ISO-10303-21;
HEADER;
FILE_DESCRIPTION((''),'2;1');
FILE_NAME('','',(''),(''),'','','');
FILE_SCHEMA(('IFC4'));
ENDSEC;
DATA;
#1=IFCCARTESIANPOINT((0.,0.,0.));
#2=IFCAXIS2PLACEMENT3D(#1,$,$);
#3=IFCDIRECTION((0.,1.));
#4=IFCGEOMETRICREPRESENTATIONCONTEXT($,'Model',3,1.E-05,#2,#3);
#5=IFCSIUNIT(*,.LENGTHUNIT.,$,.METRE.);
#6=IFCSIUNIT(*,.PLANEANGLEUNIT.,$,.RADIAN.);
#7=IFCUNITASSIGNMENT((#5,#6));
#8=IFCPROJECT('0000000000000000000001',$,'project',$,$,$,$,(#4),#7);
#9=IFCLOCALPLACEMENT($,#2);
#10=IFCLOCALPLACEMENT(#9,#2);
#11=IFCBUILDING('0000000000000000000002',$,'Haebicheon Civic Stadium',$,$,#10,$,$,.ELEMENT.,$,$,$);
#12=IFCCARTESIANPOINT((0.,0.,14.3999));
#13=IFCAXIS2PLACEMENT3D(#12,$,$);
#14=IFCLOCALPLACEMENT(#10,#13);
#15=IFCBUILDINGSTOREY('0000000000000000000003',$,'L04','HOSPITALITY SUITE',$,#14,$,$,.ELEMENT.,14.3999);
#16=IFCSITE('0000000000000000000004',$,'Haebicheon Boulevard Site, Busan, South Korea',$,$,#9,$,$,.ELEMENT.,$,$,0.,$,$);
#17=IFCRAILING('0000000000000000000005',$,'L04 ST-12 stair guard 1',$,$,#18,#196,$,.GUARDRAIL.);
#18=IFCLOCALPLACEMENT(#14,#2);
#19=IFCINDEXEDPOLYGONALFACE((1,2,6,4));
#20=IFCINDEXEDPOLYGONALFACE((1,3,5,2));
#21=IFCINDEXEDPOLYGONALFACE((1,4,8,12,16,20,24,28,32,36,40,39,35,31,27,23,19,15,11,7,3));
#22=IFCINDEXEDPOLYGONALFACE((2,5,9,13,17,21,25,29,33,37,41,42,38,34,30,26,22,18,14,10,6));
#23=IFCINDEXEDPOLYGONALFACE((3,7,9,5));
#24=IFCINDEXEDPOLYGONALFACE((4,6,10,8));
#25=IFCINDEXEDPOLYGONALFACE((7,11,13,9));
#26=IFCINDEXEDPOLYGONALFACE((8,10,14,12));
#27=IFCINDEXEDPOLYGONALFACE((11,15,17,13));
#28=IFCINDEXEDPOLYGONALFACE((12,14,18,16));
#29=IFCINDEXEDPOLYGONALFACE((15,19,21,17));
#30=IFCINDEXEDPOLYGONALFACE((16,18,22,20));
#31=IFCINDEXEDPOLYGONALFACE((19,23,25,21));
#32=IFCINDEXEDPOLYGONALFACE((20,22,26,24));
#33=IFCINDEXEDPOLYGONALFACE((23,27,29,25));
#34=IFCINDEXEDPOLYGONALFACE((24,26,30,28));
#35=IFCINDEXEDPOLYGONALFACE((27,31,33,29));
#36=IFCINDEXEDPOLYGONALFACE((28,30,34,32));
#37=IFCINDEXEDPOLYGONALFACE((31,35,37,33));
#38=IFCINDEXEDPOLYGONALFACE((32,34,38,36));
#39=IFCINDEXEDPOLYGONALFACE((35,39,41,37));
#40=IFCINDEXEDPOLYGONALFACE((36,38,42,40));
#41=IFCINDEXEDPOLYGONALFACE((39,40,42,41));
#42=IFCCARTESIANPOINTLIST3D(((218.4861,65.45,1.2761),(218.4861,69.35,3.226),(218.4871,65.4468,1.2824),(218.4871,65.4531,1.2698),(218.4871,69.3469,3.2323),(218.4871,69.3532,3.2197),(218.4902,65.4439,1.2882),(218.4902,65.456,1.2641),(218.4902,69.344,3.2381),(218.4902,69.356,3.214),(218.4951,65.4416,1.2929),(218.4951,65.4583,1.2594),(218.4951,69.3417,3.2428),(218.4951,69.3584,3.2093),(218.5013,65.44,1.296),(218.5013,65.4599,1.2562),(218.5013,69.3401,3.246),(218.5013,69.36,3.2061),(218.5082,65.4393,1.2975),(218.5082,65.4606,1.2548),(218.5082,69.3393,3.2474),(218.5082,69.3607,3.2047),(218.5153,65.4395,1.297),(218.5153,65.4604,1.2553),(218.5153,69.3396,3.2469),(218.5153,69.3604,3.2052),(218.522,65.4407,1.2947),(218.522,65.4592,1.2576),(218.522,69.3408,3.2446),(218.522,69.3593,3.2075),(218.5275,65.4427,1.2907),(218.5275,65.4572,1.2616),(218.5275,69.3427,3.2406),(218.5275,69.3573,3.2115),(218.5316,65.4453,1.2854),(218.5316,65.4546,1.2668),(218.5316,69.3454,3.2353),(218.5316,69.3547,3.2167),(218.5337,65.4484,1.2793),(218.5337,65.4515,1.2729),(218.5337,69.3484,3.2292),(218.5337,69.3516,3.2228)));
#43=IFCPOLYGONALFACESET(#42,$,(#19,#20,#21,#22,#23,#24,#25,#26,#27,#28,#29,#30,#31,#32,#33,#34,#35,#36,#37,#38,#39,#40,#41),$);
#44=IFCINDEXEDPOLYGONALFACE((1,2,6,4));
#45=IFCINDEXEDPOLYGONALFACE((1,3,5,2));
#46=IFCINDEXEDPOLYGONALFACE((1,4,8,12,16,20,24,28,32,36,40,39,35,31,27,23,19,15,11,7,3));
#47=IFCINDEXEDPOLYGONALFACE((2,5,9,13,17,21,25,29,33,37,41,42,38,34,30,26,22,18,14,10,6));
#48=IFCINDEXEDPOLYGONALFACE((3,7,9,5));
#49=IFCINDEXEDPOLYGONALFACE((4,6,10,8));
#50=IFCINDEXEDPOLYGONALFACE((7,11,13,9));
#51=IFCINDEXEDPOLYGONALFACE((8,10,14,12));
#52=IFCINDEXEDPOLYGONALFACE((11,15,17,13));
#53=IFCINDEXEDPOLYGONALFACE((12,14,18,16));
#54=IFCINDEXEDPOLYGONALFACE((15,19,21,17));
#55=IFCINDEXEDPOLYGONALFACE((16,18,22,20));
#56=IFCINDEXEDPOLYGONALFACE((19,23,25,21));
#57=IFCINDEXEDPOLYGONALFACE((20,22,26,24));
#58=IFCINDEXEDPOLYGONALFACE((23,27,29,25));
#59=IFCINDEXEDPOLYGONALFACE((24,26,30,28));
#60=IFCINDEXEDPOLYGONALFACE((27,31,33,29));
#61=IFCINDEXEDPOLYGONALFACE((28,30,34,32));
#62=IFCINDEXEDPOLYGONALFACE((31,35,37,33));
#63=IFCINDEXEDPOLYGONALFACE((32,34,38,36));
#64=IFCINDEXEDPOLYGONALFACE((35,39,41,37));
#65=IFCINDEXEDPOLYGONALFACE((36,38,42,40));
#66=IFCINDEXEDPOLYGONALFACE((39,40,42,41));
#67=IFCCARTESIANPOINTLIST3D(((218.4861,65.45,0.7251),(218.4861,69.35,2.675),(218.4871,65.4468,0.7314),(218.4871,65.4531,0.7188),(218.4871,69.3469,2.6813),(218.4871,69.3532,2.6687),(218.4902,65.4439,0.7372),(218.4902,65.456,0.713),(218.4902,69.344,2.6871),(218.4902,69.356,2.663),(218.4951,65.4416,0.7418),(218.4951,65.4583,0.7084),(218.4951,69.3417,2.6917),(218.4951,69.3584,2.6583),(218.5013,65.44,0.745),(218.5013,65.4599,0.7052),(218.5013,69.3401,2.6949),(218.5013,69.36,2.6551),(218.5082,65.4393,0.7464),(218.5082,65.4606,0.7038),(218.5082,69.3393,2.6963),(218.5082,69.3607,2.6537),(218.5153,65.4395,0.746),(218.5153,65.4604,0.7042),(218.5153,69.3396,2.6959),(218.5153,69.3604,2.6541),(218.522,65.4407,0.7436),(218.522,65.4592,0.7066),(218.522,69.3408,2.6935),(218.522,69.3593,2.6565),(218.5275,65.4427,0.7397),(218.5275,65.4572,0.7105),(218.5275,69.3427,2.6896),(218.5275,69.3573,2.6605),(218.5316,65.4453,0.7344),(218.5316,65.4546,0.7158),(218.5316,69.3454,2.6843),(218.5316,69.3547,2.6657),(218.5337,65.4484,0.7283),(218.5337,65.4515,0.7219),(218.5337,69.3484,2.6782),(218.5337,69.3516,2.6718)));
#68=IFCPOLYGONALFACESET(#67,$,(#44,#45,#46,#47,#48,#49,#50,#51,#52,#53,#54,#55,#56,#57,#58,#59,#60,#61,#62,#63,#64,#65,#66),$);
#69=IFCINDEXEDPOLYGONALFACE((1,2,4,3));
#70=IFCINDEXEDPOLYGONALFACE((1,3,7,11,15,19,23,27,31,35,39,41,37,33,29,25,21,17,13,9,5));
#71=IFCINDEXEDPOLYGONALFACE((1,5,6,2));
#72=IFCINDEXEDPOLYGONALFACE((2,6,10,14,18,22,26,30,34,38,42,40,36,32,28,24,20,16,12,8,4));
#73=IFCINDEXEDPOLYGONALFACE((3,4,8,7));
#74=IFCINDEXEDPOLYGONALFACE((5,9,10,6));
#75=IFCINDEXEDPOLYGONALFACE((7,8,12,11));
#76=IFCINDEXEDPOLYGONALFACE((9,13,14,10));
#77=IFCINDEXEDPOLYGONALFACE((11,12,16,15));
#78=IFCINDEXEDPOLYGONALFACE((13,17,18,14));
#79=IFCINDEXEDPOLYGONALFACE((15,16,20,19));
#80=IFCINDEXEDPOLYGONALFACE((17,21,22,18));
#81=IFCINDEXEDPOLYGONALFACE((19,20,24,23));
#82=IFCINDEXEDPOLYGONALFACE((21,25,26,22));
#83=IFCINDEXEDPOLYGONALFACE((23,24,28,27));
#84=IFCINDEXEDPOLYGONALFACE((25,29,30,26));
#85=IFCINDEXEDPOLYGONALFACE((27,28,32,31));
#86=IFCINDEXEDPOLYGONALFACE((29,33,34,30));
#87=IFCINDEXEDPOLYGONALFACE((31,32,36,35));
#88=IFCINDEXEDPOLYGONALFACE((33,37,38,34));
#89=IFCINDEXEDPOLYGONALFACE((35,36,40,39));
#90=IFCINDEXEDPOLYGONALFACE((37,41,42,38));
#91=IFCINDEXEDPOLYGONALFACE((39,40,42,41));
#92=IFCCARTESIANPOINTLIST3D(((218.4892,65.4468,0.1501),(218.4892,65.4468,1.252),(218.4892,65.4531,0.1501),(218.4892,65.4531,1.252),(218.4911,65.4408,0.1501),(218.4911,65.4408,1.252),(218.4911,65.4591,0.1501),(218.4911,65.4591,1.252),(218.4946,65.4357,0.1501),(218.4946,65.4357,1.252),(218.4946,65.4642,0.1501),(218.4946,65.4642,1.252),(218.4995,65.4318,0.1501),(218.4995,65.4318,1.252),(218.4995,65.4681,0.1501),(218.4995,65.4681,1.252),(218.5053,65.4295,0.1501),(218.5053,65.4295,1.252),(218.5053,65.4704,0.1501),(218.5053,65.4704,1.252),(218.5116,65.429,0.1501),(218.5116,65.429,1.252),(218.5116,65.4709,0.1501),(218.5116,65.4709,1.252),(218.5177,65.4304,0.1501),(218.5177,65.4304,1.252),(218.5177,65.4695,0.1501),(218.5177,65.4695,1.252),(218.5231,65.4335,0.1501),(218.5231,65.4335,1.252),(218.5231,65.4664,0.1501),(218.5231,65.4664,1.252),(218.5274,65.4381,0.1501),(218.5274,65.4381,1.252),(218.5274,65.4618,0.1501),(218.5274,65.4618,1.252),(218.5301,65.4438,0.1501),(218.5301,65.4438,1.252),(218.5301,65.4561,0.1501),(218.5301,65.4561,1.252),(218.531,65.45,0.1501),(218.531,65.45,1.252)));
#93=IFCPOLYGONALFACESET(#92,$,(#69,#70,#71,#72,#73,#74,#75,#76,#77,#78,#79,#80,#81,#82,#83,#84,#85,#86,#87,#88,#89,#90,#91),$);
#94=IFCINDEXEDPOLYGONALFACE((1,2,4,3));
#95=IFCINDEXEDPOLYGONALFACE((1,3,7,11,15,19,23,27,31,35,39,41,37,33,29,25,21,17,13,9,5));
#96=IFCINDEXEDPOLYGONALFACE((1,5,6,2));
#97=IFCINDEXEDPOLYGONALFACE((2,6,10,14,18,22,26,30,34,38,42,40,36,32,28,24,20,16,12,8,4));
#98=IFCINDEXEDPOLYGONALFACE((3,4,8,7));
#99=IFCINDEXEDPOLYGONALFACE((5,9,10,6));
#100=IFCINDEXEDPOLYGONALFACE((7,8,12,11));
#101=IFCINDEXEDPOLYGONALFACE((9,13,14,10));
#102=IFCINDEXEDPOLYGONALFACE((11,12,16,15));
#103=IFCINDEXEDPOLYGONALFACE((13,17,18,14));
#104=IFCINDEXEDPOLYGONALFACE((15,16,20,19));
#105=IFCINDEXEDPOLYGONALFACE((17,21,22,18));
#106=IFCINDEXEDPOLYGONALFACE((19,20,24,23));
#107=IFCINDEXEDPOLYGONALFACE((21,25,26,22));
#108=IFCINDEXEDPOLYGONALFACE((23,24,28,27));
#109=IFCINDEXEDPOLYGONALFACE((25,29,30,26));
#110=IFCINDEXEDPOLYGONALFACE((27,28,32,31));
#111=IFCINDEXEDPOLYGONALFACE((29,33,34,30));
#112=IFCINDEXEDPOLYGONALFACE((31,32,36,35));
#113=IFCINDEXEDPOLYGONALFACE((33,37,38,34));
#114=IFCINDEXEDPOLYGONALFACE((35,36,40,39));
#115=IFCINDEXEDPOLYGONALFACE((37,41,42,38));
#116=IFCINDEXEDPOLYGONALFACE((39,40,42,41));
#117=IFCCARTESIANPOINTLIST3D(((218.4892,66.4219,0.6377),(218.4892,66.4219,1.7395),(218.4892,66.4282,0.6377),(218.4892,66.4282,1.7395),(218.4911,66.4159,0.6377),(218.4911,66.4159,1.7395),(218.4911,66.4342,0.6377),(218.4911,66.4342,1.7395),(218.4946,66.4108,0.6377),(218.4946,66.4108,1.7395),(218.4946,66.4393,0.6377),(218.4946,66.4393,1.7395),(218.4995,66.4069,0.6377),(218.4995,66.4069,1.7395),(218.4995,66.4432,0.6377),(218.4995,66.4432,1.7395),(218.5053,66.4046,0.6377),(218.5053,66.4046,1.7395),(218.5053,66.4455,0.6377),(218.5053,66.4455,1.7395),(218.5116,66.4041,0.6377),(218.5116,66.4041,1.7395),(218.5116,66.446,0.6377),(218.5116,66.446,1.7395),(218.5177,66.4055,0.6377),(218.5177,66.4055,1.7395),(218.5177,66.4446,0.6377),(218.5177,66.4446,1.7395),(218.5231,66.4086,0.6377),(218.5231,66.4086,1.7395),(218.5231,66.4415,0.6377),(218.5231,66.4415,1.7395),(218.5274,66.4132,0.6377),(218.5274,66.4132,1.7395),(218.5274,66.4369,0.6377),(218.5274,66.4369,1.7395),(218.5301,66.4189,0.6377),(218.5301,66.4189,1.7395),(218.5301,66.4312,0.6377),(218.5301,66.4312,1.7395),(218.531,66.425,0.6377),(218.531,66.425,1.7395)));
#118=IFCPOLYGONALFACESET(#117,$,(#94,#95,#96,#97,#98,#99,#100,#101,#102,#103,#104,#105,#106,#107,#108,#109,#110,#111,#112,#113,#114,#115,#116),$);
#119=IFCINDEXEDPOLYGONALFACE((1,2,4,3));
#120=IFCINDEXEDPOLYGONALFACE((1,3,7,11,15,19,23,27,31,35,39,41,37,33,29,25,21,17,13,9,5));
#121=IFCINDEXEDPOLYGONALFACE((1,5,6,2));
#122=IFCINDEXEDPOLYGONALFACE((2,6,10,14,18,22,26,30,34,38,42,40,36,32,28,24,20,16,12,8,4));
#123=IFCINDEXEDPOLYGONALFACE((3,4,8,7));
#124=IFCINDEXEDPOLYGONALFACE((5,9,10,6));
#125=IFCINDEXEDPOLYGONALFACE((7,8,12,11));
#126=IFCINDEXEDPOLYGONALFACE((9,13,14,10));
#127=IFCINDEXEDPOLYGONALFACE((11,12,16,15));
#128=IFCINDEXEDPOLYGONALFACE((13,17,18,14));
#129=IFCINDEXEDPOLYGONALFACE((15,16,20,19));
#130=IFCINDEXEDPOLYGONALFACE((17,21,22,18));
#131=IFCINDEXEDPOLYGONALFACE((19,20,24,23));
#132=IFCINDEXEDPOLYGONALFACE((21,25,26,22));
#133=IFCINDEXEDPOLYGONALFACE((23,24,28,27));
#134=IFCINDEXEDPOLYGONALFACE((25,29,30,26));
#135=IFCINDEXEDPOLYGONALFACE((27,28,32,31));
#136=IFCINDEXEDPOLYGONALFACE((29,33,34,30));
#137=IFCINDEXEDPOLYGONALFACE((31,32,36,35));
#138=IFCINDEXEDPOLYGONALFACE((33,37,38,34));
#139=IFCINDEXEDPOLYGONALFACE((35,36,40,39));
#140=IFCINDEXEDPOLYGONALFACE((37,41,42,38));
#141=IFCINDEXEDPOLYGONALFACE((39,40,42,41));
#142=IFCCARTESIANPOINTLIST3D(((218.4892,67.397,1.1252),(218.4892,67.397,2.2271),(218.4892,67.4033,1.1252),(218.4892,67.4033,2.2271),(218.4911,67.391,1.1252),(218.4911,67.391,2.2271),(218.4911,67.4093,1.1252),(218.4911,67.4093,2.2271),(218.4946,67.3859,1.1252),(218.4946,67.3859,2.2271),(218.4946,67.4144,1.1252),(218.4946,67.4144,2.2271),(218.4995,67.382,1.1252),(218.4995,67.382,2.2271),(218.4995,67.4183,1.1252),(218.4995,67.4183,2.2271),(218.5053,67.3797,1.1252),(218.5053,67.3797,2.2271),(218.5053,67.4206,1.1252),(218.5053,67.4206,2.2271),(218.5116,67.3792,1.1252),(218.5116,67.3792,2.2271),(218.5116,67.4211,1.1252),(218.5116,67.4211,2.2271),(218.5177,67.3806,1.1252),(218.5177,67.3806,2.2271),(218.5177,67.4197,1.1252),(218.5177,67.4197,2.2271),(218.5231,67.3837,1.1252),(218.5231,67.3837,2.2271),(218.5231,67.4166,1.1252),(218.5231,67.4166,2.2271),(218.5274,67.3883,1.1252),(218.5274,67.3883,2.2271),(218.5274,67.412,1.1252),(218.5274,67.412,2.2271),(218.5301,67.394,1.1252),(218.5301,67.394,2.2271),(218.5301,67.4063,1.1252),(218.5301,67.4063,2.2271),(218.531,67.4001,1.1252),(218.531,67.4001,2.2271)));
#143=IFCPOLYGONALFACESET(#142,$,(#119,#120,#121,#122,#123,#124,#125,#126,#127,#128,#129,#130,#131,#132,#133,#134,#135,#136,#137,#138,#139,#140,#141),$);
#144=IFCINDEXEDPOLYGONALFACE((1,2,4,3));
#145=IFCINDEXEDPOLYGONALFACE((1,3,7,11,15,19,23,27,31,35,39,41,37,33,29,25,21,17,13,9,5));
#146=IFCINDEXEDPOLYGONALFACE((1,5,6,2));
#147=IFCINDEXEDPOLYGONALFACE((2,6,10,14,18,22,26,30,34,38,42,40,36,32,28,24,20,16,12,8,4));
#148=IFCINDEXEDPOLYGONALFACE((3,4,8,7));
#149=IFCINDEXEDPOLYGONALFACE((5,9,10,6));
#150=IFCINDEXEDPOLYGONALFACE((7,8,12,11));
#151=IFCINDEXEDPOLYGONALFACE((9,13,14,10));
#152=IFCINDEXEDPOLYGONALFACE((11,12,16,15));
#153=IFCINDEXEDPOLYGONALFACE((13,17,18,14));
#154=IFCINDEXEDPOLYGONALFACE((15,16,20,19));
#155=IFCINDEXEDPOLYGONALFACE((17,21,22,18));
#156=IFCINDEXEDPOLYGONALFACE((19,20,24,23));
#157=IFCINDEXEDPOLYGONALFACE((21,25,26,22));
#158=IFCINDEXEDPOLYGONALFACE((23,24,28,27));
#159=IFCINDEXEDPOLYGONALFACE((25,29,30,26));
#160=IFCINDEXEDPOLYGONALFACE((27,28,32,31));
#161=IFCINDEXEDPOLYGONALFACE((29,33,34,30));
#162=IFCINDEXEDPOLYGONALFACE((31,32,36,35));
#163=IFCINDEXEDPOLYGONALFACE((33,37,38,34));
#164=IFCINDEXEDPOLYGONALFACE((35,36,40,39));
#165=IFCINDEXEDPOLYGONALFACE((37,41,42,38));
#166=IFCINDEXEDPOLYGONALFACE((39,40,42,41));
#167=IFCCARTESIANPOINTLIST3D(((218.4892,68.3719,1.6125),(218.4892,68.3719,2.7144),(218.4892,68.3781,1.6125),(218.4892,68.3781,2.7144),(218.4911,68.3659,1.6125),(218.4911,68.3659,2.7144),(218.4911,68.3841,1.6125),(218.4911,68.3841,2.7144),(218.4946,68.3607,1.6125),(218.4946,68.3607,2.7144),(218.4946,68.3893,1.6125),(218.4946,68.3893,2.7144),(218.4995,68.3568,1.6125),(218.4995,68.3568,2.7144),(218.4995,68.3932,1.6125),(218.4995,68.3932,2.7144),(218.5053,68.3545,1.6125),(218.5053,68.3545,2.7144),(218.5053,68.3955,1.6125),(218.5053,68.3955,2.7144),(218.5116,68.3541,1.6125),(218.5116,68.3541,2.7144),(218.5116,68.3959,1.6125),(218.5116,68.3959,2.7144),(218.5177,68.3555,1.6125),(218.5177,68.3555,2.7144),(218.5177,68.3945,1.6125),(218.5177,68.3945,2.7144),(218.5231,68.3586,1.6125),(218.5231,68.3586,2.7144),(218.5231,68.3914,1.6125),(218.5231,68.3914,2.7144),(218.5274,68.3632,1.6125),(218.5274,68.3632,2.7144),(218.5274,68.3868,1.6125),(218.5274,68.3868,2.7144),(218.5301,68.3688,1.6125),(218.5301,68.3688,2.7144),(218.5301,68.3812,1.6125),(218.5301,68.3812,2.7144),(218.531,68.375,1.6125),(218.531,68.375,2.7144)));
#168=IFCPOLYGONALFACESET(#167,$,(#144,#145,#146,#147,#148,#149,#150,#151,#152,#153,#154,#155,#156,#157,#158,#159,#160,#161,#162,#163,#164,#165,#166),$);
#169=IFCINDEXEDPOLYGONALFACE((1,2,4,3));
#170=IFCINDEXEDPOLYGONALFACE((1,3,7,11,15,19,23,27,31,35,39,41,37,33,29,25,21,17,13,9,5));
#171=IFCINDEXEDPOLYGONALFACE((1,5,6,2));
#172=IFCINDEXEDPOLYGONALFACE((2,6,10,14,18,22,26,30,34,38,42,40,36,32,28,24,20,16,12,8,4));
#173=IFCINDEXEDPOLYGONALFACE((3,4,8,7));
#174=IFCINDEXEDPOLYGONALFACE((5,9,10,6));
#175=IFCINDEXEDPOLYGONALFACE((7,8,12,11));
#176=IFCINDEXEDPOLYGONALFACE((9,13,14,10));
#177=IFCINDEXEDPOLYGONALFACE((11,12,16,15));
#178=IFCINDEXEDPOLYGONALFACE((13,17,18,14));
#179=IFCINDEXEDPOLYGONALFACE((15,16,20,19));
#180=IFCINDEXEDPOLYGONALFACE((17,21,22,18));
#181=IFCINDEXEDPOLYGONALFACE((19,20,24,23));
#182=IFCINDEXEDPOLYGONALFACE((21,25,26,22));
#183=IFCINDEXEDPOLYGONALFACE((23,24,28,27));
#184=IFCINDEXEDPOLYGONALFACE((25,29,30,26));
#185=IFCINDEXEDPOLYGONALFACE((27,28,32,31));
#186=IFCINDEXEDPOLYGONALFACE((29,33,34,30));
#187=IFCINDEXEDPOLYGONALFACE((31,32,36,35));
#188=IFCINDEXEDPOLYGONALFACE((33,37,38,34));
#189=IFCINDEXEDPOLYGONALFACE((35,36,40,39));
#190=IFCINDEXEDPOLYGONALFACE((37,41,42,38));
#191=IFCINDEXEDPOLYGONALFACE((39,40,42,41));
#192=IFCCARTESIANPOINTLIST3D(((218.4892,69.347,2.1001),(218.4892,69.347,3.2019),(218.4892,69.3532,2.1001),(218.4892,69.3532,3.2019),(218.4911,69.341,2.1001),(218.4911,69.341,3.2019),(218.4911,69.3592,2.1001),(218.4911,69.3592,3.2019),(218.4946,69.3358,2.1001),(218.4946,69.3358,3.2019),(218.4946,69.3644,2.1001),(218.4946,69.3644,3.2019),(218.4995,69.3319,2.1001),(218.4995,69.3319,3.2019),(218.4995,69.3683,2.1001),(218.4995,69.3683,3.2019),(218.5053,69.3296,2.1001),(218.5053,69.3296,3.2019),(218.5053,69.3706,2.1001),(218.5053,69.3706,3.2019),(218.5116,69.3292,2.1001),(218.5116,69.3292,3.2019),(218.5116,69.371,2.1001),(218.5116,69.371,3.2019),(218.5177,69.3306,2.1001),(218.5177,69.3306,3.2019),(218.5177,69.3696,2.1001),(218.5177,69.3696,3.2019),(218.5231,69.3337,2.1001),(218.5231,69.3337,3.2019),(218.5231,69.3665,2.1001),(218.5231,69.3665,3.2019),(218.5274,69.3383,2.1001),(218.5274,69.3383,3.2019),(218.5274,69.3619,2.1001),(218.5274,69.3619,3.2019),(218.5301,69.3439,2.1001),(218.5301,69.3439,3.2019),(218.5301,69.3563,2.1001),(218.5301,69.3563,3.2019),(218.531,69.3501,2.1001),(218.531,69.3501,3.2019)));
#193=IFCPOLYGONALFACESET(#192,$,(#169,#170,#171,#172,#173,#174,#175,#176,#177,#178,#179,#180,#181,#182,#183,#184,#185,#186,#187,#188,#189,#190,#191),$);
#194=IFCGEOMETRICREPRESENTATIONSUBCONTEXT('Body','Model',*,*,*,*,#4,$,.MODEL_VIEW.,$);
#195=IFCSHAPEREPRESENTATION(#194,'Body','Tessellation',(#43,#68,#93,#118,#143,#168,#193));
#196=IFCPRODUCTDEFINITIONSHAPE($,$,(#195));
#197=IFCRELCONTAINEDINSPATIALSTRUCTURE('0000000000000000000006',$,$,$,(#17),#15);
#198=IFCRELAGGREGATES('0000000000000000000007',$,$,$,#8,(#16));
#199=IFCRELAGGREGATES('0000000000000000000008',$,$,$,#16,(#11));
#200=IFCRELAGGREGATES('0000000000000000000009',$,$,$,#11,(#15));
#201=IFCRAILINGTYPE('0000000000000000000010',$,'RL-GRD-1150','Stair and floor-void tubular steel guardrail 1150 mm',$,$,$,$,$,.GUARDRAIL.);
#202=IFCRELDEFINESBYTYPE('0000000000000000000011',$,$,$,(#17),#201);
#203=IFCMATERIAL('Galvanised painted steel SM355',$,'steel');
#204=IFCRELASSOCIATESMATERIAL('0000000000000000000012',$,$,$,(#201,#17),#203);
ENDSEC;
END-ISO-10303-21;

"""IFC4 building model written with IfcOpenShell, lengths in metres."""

from ifc_helpers import new_model, si_unit, direction, frame, origin, origin_2d, place, context, subcontext, project, spatial, circle, extrude, material, type_object, element, save


model = new_model("IFC4")

# Units and contexts
model_context = context("Model", 3, precision=1e-05, world=origin(), true_north=direction((0.0, 1.0)))
body_context = subcontext(model_context, "Body", "Model", "MODEL_VIEW")
ifc_project = project(units=[si_unit("LENGTHUNIT", "METRE"), si_unit("PLANEANGLEUNIT", "RADIAN")], contexts=[model_context])

# Site, building, storey
site_placement = place(None, origin())
site = spatial("IfcSite", under=ifc_project, at=site_placement, Name="Haebicheon Boulevard Site, Busan, South Korea", CompositionType="ELEMENT", RefElevation=0.0)
building_placement = place(site_placement, origin())
building = spatial("IfcBuilding", under=site, at=building_placement, Name="Haebicheon Civic Stadium", CompositionType="ELEMENT")
storey_placement = place(building_placement, frame((0.0, 0.0, 14.3999)))
storey = spatial("IfcBuildingStorey", under=building, at=storey_placement, Name="L04", Description="HOSPITALITY SUITE", CompositionType="ELEMENT", Elevation=14.3999)

# Railing
ifc_material_1 = material(Name="Galvanised painted steel SM355", Category="steel")
railing_type_1 = type_object("IfcRailingType", Name="RL-GRD-1150", Description="Stair and floor-void tubular steel guardrail 1150 mm", PredefinedType="GUARDRAIL", material=ifc_material_1)
railing_1_placement = place(storey_placement, frame((218.51, 65.45, 0.1501)))
element("IfcRailing", 1, at=railing_1_placement, inside=storey, type_object=railing_type_1, material=ifc_material_1, Name="L04 ST-12 stair guard 1", PredefinedType="GUARDRAIL", context=body_context, shape_type="SweptSolid", body=[
    extrude(circle(Radius=0.0239, at=origin_2d()), frame((0.0, 0.0, 1.126), z_axis=(0.0, 0.894438, 0.447191), x_axis=(-1.0, 0.0, 0.0)), (0.0, 0.0, 1.0), 4.3604),
    extrude(circle(Radius=0.0239, at=origin_2d()), frame((0.0, 0.0, 0.575), z_axis=(0.0, 0.894438, 0.447191), x_axis=(-1.0, 0.0, 0.0)), (0.0, 0.0, 1.0), 4.3604),
    extrude(circle(Radius=0.021, at=origin_2d()), origin(), (0.0, 0.0, 1.0), 1.1018),
    extrude(circle(Radius=0.021, at=origin_2d()), frame((0.0, 0.9751, 0.4875)), (0.0, 0.0, 1.0), 1.1018),
    extrude(circle(Radius=0.021, at=origin_2d()), frame((0.0, 1.9502, 0.9751)), (0.0, 0.0, 1.0), 1.1018),
    extrude(circle(Radius=0.021, at=origin_2d()), frame((0.0, 2.925, 1.4624)), (0.0, 0.0, 1.0), 1.1018),
    extrude(circle(Radius=0.021, at=origin_2d()), frame((0.0, 3.9001, 1.95)), (0.0, 0.0, 1.0), 1.1018),
])

save(model, "model.ifc")
